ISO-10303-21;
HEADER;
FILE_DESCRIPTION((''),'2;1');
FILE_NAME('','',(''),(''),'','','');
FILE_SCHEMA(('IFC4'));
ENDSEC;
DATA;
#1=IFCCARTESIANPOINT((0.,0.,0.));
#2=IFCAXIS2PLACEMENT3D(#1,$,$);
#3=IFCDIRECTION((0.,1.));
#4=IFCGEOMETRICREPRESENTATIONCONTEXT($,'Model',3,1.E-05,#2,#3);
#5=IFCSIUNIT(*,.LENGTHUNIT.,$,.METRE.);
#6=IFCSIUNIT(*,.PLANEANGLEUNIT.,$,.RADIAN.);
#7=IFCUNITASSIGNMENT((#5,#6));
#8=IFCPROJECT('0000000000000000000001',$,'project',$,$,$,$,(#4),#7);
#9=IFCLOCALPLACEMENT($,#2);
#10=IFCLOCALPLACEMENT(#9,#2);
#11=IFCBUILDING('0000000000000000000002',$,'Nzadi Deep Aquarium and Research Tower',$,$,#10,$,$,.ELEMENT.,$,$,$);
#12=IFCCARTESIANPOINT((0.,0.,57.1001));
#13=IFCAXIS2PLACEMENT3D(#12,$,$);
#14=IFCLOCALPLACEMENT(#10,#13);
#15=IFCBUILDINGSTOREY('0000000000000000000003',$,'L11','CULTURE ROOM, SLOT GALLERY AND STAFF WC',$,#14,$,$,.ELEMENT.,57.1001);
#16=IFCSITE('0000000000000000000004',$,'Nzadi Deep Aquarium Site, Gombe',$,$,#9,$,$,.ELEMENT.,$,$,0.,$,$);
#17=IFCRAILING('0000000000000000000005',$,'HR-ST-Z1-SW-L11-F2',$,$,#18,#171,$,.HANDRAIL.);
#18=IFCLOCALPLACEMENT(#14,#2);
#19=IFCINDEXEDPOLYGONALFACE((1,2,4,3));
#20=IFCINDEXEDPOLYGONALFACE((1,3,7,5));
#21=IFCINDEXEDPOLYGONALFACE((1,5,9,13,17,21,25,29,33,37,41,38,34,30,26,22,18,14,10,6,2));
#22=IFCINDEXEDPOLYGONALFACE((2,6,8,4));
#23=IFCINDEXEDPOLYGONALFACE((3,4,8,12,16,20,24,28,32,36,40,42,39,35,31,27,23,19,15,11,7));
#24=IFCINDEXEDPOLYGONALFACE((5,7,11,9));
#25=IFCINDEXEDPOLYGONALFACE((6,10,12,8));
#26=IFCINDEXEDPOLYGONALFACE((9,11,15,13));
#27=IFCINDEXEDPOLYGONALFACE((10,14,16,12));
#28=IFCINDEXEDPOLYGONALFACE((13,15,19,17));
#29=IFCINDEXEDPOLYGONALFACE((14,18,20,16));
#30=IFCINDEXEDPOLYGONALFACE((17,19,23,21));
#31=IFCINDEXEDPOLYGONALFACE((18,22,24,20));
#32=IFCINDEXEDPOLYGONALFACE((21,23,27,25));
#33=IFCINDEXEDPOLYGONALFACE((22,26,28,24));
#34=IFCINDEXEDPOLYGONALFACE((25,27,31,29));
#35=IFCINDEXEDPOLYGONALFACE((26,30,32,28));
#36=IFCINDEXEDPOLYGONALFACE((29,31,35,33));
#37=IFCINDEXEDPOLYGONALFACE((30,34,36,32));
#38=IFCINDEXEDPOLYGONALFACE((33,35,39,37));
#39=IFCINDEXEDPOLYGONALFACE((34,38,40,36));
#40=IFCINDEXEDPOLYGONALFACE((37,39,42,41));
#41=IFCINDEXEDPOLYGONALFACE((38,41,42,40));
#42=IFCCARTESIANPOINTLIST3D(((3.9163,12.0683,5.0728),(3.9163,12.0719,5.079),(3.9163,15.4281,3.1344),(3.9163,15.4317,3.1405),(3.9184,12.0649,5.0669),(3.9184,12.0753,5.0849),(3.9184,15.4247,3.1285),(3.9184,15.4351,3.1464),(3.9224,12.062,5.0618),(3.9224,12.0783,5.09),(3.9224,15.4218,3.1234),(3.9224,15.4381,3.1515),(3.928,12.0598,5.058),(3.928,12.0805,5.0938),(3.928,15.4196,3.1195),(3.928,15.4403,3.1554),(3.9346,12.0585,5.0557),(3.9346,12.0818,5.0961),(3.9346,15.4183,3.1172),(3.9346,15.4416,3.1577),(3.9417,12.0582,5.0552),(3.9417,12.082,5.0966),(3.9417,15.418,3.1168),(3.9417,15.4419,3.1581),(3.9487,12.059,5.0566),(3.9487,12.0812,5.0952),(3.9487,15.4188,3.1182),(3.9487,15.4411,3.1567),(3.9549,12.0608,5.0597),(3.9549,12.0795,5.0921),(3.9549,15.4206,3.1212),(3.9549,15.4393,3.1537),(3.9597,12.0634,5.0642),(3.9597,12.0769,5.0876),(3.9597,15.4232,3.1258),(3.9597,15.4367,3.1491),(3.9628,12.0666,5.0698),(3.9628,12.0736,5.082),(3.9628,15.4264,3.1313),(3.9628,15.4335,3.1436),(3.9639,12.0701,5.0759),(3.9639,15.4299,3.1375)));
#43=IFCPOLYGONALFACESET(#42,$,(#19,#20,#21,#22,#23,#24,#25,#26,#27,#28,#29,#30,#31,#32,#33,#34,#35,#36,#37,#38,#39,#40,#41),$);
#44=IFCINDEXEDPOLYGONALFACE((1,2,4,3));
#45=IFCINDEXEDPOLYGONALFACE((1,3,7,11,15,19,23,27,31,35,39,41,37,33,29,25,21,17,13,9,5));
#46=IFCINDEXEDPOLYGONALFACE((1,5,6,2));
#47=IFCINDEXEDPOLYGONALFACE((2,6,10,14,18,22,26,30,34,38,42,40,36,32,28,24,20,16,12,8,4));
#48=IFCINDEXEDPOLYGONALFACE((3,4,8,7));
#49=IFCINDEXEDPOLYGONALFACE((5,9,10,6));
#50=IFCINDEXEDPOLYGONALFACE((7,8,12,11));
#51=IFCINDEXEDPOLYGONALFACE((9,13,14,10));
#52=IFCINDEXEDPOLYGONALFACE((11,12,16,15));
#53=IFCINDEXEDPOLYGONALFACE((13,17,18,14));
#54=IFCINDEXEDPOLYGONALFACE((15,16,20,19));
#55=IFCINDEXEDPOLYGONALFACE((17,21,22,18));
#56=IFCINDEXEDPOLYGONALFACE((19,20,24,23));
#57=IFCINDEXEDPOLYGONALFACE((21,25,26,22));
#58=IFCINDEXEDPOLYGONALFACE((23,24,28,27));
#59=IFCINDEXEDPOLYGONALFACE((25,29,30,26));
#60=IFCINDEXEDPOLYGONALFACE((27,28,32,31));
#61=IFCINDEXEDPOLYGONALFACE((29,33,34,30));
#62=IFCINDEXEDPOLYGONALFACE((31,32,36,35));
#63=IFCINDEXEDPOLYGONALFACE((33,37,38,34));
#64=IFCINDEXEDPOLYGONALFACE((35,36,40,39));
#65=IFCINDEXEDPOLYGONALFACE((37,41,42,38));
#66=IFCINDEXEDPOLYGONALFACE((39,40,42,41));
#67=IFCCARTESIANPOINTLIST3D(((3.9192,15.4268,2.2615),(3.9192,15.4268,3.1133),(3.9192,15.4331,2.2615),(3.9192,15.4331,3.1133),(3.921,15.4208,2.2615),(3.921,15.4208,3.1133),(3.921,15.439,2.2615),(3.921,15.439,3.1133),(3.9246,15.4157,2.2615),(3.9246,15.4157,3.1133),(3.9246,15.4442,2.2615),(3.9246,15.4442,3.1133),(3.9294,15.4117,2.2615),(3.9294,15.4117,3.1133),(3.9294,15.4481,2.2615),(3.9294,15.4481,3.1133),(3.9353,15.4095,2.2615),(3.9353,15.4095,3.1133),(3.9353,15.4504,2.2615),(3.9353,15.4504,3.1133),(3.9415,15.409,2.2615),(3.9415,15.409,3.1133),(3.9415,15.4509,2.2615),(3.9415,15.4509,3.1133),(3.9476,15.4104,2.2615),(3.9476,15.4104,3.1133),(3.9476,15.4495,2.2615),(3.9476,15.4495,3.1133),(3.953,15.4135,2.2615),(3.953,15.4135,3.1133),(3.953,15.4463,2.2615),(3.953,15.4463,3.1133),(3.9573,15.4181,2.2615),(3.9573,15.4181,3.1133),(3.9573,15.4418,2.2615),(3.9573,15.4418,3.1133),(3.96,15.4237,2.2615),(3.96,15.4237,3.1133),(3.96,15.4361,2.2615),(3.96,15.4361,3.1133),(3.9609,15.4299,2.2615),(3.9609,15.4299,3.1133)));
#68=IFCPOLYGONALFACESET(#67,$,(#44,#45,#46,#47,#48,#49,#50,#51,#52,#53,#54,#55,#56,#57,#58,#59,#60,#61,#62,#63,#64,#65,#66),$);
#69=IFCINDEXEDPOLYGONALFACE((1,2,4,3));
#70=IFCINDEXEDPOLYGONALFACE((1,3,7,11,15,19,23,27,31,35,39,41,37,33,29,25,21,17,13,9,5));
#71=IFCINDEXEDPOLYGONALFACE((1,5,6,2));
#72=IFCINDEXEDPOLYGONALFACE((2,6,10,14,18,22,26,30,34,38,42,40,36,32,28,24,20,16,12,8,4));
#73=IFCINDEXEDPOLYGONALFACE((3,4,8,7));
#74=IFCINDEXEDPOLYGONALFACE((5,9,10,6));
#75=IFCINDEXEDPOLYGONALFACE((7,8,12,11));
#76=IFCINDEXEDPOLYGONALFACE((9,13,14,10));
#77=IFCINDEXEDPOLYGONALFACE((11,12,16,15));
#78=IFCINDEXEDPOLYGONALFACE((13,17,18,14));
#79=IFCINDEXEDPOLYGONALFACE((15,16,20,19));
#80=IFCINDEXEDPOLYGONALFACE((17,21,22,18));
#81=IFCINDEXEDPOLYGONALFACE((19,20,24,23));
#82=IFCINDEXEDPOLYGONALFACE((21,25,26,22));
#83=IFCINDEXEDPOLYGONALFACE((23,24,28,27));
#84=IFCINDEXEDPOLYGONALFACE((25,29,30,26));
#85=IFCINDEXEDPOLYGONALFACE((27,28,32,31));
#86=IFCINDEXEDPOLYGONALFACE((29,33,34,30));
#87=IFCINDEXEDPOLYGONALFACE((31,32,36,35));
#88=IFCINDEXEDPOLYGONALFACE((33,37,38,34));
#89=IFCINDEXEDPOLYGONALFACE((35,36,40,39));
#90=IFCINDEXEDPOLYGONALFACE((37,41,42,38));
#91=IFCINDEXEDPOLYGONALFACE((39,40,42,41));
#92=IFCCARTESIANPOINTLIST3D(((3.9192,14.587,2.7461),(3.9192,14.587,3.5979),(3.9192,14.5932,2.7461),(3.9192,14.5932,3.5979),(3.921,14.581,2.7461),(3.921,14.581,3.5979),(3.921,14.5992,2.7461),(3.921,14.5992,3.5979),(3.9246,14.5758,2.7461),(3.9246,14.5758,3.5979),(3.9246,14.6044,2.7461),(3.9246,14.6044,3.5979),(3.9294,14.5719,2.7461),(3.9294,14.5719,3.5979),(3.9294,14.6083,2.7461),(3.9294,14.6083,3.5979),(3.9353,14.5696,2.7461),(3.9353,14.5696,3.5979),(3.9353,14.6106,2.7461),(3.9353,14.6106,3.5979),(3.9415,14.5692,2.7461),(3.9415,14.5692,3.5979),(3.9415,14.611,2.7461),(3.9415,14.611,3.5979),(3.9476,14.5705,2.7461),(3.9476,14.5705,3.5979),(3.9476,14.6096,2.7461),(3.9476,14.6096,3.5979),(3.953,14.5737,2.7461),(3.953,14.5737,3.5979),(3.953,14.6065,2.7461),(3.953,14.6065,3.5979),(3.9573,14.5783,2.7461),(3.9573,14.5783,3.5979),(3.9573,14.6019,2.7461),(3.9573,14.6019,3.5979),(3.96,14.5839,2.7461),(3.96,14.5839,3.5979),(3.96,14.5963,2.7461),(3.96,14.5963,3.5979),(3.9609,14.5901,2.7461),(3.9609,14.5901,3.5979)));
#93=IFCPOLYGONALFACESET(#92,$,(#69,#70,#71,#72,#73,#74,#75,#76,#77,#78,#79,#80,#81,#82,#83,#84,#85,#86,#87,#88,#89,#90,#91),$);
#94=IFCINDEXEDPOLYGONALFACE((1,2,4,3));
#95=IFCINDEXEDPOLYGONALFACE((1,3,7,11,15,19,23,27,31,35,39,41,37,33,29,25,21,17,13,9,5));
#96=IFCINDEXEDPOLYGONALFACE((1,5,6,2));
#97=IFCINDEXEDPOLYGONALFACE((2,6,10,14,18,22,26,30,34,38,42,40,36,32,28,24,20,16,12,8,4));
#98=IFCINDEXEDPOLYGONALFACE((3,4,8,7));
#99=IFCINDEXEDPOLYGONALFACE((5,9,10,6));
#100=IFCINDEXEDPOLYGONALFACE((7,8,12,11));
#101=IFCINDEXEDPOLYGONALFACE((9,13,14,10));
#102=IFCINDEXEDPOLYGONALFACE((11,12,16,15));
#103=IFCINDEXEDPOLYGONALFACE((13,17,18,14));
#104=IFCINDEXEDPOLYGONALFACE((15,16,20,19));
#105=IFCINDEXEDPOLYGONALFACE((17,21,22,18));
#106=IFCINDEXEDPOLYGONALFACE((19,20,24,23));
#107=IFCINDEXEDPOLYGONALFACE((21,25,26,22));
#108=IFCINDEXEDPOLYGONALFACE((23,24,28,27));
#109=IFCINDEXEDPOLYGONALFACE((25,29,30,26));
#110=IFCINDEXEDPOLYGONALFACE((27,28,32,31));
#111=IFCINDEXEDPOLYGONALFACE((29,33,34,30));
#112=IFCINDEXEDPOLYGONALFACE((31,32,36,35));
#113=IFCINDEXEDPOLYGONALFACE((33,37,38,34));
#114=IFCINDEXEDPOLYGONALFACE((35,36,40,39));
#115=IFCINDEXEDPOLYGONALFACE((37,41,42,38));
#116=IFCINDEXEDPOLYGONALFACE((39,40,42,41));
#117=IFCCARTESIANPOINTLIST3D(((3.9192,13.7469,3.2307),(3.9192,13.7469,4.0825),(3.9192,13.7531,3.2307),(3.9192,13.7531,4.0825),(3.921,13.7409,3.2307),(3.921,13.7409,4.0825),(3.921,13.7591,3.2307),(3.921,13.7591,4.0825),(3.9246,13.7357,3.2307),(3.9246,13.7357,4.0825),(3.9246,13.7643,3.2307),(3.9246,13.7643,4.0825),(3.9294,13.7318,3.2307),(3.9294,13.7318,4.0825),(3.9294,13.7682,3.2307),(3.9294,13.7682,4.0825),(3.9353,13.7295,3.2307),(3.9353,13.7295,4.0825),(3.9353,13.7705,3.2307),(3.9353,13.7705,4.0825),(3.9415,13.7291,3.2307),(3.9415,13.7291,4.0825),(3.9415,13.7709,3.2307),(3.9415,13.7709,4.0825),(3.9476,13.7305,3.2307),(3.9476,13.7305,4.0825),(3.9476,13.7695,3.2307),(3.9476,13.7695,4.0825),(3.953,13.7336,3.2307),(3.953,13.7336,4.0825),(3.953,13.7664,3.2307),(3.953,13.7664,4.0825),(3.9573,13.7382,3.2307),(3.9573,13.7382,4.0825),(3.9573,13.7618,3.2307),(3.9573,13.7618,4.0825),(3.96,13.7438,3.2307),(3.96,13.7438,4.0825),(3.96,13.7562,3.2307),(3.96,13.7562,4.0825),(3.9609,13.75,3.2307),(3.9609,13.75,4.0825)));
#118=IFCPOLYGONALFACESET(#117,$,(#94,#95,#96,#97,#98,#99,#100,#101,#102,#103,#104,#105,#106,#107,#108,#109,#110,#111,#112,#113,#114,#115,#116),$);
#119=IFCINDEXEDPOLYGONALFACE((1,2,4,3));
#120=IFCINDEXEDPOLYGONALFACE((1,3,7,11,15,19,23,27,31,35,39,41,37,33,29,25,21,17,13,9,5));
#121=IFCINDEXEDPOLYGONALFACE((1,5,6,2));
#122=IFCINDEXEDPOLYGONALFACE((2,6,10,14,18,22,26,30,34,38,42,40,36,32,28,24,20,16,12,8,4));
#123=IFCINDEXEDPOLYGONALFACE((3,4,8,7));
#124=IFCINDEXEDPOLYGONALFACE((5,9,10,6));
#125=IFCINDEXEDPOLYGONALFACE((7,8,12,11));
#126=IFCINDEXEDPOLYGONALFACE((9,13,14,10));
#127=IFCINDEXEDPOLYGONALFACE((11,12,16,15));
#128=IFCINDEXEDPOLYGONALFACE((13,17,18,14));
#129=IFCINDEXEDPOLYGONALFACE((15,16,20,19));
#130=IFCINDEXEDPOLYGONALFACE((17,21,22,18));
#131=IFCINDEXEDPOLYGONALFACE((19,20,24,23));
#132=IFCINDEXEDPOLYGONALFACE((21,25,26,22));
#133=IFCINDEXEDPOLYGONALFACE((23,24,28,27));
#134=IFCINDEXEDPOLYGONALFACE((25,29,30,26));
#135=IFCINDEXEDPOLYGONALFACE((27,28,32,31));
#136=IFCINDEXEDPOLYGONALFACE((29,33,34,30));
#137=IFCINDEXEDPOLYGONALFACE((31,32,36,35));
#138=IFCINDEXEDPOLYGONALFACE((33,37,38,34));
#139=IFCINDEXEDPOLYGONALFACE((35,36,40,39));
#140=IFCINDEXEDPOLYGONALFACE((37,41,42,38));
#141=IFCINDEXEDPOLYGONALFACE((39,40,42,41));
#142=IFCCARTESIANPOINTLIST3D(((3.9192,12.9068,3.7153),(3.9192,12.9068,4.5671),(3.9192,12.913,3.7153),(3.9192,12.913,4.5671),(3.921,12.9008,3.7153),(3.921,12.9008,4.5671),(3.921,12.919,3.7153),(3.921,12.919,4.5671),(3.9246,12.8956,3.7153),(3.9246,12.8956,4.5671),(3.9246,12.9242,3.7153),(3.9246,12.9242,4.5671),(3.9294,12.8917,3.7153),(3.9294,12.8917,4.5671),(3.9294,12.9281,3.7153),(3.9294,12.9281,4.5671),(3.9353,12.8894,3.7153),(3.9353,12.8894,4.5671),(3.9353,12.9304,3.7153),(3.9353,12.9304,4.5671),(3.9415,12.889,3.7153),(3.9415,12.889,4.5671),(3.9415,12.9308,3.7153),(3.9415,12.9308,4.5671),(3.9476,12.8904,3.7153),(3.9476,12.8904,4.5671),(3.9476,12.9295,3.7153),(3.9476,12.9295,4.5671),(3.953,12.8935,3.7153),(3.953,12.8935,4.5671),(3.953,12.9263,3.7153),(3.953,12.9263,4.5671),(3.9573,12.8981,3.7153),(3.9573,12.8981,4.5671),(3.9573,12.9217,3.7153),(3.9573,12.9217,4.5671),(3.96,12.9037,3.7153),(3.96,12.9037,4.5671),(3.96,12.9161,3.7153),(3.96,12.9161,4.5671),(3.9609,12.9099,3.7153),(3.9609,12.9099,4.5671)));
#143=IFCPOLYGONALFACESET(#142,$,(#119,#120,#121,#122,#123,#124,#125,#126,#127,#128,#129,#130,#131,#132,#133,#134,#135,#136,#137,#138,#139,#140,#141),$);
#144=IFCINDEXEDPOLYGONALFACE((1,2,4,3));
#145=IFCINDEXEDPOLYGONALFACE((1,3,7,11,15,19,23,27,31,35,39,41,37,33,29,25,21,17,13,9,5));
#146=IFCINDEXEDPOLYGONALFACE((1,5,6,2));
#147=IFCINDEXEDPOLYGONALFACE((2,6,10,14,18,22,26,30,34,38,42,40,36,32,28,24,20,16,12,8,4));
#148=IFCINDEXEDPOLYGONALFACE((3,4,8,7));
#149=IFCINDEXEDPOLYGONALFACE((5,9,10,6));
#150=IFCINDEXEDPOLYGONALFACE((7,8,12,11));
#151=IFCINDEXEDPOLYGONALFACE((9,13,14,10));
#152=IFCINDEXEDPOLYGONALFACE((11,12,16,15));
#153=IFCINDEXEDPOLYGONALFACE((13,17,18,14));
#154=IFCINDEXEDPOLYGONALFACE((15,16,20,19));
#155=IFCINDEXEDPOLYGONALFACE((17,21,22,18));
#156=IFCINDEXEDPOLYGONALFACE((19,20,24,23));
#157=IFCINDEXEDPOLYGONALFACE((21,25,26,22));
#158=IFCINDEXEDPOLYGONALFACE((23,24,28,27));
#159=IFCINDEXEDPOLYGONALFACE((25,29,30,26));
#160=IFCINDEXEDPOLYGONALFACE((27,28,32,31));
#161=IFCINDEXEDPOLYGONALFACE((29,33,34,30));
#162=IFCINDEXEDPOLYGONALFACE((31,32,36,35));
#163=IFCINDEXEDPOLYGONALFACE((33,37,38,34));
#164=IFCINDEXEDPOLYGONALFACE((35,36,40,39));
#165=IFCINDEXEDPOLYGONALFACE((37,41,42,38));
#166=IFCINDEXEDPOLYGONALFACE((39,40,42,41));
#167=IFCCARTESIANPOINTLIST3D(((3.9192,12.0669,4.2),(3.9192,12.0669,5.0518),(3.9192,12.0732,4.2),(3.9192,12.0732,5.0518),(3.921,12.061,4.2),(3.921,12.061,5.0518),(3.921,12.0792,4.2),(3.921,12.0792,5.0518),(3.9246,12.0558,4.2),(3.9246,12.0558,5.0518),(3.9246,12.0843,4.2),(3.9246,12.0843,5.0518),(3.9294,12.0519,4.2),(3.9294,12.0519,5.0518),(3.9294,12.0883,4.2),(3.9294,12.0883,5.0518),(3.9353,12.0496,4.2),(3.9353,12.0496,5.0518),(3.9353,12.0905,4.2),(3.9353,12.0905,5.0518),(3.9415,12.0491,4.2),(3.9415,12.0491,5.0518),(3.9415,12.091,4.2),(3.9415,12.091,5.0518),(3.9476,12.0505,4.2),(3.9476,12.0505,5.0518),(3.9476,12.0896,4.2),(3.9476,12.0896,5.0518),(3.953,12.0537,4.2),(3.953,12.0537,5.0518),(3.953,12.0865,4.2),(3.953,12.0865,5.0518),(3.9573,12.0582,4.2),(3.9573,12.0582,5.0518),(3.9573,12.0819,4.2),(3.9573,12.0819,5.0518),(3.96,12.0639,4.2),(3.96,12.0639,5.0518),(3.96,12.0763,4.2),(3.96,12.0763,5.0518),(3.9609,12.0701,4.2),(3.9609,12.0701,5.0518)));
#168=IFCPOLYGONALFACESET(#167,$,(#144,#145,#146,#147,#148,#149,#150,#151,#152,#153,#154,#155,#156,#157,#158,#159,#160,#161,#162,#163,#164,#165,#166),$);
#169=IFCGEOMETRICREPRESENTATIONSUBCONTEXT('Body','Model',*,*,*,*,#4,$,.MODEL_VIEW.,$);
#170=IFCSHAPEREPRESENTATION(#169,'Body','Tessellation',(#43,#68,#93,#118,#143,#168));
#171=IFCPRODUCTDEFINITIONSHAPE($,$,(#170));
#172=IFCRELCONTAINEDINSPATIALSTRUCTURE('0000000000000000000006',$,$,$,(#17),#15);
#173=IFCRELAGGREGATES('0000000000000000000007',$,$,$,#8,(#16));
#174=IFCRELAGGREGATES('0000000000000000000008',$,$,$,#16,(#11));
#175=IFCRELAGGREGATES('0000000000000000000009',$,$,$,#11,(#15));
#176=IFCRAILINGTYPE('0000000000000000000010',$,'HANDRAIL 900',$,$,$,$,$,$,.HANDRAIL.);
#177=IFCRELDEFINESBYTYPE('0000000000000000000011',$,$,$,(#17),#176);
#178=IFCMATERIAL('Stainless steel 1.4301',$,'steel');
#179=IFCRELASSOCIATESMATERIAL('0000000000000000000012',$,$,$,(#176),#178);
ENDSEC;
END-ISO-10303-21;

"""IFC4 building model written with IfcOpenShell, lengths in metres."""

from ifc_helpers import new_model, si_unit, direction, frame, origin, origin_2d, place, context, subcontext, project, spatial, circle, extrude, material, type_object, element, save


model = new_model("IFC4")

# Units and contexts
model_context = context("Model", 3, precision=1e-05, world=origin(), true_north=direction((0.0, 1.0)))
body_context = subcontext(model_context, "Body", "Model", "MODEL_VIEW")
ifc_project = project(units=[si_unit("LENGTHUNIT", "METRE"), si_unit("PLANEANGLEUNIT", "RADIAN")], contexts=[model_context])

# Site, building, storey
site_placement = place(None, origin())
site = spatial("IfcSite", under=ifc_project, at=site_placement, Name="Nzadi Deep Aquarium Site, Gombe", CompositionType="ELEMENT", RefElevation=0.0)
building_placement = place(site_placement, origin())
building = spatial("IfcBuilding", under=site, at=building_placement, Name="Nzadi Deep Aquarium and Research Tower", CompositionType="ELEMENT")
storey_placement = place(building_placement, frame((0.0, 0.0, 57.1001)))
storey = spatial("IfcBuildingStorey", under=building, at=storey_placement, Name="L11", Description="CULTURE ROOM, SLOT GALLERY AND STAFF WC", CompositionType="ELEMENT", Elevation=57.1001)

# Railing
ifc_material_1 = material(Name="Stainless steel 1.4301", Category="steel")
railing_type = type_object("IfcRailingType", Name="HANDRAIL 900", PredefinedType="HANDRAIL", material=ifc_material_1)
for number, where, name in (
    (1, (3.9399, 15.4299, 2.2615), "HR-ST-Z1-SW-L11-F2"),
):
    element("IfcRailing", number, at=place(storey_placement, frame(where)), inside=storey, type_object=railing_type, Name=name, PredefinedType="HANDRAIL", context=body_context, shape_type="SweptSolid", body=[
        extrude(circle(Radius=0.0239, at=origin_2d()), frame((0.0, 0.0, 0.876), z_axis=(0.0, -0.866175, 0.499741), x_axis=(1.0, 0.0, 0.0)), (0.0, 0.0, 1.0), 3.8789),
        extrude(circle(Radius=0.021, at=origin_2d()), origin(), (0.0, 0.0, 1.0), 0.8518),
        extrude(circle(Radius=0.021, at=origin_2d()), frame((0.0, -0.8398, 0.4846)), (0.0, 0.0, 1.0), 0.8518),
        extrude(circle(Radius=0.021, at=origin_2d()), frame((0.0, -1.6799, 0.9692)), (0.0, 0.0, 1.0), 0.8518),
        extrude(circle(Radius=0.021, at=origin_2d()), frame((0.0, -2.52, 1.4539)), (0.0, 0.0, 1.0), 0.8518),
        extrude(circle(Radius=0.021, at=origin_2d()), frame((0.0, -3.3599, 1.9385)), (0.0, 0.0, 1.0), 0.8518),
    ])

save(model, "model.ifc")
